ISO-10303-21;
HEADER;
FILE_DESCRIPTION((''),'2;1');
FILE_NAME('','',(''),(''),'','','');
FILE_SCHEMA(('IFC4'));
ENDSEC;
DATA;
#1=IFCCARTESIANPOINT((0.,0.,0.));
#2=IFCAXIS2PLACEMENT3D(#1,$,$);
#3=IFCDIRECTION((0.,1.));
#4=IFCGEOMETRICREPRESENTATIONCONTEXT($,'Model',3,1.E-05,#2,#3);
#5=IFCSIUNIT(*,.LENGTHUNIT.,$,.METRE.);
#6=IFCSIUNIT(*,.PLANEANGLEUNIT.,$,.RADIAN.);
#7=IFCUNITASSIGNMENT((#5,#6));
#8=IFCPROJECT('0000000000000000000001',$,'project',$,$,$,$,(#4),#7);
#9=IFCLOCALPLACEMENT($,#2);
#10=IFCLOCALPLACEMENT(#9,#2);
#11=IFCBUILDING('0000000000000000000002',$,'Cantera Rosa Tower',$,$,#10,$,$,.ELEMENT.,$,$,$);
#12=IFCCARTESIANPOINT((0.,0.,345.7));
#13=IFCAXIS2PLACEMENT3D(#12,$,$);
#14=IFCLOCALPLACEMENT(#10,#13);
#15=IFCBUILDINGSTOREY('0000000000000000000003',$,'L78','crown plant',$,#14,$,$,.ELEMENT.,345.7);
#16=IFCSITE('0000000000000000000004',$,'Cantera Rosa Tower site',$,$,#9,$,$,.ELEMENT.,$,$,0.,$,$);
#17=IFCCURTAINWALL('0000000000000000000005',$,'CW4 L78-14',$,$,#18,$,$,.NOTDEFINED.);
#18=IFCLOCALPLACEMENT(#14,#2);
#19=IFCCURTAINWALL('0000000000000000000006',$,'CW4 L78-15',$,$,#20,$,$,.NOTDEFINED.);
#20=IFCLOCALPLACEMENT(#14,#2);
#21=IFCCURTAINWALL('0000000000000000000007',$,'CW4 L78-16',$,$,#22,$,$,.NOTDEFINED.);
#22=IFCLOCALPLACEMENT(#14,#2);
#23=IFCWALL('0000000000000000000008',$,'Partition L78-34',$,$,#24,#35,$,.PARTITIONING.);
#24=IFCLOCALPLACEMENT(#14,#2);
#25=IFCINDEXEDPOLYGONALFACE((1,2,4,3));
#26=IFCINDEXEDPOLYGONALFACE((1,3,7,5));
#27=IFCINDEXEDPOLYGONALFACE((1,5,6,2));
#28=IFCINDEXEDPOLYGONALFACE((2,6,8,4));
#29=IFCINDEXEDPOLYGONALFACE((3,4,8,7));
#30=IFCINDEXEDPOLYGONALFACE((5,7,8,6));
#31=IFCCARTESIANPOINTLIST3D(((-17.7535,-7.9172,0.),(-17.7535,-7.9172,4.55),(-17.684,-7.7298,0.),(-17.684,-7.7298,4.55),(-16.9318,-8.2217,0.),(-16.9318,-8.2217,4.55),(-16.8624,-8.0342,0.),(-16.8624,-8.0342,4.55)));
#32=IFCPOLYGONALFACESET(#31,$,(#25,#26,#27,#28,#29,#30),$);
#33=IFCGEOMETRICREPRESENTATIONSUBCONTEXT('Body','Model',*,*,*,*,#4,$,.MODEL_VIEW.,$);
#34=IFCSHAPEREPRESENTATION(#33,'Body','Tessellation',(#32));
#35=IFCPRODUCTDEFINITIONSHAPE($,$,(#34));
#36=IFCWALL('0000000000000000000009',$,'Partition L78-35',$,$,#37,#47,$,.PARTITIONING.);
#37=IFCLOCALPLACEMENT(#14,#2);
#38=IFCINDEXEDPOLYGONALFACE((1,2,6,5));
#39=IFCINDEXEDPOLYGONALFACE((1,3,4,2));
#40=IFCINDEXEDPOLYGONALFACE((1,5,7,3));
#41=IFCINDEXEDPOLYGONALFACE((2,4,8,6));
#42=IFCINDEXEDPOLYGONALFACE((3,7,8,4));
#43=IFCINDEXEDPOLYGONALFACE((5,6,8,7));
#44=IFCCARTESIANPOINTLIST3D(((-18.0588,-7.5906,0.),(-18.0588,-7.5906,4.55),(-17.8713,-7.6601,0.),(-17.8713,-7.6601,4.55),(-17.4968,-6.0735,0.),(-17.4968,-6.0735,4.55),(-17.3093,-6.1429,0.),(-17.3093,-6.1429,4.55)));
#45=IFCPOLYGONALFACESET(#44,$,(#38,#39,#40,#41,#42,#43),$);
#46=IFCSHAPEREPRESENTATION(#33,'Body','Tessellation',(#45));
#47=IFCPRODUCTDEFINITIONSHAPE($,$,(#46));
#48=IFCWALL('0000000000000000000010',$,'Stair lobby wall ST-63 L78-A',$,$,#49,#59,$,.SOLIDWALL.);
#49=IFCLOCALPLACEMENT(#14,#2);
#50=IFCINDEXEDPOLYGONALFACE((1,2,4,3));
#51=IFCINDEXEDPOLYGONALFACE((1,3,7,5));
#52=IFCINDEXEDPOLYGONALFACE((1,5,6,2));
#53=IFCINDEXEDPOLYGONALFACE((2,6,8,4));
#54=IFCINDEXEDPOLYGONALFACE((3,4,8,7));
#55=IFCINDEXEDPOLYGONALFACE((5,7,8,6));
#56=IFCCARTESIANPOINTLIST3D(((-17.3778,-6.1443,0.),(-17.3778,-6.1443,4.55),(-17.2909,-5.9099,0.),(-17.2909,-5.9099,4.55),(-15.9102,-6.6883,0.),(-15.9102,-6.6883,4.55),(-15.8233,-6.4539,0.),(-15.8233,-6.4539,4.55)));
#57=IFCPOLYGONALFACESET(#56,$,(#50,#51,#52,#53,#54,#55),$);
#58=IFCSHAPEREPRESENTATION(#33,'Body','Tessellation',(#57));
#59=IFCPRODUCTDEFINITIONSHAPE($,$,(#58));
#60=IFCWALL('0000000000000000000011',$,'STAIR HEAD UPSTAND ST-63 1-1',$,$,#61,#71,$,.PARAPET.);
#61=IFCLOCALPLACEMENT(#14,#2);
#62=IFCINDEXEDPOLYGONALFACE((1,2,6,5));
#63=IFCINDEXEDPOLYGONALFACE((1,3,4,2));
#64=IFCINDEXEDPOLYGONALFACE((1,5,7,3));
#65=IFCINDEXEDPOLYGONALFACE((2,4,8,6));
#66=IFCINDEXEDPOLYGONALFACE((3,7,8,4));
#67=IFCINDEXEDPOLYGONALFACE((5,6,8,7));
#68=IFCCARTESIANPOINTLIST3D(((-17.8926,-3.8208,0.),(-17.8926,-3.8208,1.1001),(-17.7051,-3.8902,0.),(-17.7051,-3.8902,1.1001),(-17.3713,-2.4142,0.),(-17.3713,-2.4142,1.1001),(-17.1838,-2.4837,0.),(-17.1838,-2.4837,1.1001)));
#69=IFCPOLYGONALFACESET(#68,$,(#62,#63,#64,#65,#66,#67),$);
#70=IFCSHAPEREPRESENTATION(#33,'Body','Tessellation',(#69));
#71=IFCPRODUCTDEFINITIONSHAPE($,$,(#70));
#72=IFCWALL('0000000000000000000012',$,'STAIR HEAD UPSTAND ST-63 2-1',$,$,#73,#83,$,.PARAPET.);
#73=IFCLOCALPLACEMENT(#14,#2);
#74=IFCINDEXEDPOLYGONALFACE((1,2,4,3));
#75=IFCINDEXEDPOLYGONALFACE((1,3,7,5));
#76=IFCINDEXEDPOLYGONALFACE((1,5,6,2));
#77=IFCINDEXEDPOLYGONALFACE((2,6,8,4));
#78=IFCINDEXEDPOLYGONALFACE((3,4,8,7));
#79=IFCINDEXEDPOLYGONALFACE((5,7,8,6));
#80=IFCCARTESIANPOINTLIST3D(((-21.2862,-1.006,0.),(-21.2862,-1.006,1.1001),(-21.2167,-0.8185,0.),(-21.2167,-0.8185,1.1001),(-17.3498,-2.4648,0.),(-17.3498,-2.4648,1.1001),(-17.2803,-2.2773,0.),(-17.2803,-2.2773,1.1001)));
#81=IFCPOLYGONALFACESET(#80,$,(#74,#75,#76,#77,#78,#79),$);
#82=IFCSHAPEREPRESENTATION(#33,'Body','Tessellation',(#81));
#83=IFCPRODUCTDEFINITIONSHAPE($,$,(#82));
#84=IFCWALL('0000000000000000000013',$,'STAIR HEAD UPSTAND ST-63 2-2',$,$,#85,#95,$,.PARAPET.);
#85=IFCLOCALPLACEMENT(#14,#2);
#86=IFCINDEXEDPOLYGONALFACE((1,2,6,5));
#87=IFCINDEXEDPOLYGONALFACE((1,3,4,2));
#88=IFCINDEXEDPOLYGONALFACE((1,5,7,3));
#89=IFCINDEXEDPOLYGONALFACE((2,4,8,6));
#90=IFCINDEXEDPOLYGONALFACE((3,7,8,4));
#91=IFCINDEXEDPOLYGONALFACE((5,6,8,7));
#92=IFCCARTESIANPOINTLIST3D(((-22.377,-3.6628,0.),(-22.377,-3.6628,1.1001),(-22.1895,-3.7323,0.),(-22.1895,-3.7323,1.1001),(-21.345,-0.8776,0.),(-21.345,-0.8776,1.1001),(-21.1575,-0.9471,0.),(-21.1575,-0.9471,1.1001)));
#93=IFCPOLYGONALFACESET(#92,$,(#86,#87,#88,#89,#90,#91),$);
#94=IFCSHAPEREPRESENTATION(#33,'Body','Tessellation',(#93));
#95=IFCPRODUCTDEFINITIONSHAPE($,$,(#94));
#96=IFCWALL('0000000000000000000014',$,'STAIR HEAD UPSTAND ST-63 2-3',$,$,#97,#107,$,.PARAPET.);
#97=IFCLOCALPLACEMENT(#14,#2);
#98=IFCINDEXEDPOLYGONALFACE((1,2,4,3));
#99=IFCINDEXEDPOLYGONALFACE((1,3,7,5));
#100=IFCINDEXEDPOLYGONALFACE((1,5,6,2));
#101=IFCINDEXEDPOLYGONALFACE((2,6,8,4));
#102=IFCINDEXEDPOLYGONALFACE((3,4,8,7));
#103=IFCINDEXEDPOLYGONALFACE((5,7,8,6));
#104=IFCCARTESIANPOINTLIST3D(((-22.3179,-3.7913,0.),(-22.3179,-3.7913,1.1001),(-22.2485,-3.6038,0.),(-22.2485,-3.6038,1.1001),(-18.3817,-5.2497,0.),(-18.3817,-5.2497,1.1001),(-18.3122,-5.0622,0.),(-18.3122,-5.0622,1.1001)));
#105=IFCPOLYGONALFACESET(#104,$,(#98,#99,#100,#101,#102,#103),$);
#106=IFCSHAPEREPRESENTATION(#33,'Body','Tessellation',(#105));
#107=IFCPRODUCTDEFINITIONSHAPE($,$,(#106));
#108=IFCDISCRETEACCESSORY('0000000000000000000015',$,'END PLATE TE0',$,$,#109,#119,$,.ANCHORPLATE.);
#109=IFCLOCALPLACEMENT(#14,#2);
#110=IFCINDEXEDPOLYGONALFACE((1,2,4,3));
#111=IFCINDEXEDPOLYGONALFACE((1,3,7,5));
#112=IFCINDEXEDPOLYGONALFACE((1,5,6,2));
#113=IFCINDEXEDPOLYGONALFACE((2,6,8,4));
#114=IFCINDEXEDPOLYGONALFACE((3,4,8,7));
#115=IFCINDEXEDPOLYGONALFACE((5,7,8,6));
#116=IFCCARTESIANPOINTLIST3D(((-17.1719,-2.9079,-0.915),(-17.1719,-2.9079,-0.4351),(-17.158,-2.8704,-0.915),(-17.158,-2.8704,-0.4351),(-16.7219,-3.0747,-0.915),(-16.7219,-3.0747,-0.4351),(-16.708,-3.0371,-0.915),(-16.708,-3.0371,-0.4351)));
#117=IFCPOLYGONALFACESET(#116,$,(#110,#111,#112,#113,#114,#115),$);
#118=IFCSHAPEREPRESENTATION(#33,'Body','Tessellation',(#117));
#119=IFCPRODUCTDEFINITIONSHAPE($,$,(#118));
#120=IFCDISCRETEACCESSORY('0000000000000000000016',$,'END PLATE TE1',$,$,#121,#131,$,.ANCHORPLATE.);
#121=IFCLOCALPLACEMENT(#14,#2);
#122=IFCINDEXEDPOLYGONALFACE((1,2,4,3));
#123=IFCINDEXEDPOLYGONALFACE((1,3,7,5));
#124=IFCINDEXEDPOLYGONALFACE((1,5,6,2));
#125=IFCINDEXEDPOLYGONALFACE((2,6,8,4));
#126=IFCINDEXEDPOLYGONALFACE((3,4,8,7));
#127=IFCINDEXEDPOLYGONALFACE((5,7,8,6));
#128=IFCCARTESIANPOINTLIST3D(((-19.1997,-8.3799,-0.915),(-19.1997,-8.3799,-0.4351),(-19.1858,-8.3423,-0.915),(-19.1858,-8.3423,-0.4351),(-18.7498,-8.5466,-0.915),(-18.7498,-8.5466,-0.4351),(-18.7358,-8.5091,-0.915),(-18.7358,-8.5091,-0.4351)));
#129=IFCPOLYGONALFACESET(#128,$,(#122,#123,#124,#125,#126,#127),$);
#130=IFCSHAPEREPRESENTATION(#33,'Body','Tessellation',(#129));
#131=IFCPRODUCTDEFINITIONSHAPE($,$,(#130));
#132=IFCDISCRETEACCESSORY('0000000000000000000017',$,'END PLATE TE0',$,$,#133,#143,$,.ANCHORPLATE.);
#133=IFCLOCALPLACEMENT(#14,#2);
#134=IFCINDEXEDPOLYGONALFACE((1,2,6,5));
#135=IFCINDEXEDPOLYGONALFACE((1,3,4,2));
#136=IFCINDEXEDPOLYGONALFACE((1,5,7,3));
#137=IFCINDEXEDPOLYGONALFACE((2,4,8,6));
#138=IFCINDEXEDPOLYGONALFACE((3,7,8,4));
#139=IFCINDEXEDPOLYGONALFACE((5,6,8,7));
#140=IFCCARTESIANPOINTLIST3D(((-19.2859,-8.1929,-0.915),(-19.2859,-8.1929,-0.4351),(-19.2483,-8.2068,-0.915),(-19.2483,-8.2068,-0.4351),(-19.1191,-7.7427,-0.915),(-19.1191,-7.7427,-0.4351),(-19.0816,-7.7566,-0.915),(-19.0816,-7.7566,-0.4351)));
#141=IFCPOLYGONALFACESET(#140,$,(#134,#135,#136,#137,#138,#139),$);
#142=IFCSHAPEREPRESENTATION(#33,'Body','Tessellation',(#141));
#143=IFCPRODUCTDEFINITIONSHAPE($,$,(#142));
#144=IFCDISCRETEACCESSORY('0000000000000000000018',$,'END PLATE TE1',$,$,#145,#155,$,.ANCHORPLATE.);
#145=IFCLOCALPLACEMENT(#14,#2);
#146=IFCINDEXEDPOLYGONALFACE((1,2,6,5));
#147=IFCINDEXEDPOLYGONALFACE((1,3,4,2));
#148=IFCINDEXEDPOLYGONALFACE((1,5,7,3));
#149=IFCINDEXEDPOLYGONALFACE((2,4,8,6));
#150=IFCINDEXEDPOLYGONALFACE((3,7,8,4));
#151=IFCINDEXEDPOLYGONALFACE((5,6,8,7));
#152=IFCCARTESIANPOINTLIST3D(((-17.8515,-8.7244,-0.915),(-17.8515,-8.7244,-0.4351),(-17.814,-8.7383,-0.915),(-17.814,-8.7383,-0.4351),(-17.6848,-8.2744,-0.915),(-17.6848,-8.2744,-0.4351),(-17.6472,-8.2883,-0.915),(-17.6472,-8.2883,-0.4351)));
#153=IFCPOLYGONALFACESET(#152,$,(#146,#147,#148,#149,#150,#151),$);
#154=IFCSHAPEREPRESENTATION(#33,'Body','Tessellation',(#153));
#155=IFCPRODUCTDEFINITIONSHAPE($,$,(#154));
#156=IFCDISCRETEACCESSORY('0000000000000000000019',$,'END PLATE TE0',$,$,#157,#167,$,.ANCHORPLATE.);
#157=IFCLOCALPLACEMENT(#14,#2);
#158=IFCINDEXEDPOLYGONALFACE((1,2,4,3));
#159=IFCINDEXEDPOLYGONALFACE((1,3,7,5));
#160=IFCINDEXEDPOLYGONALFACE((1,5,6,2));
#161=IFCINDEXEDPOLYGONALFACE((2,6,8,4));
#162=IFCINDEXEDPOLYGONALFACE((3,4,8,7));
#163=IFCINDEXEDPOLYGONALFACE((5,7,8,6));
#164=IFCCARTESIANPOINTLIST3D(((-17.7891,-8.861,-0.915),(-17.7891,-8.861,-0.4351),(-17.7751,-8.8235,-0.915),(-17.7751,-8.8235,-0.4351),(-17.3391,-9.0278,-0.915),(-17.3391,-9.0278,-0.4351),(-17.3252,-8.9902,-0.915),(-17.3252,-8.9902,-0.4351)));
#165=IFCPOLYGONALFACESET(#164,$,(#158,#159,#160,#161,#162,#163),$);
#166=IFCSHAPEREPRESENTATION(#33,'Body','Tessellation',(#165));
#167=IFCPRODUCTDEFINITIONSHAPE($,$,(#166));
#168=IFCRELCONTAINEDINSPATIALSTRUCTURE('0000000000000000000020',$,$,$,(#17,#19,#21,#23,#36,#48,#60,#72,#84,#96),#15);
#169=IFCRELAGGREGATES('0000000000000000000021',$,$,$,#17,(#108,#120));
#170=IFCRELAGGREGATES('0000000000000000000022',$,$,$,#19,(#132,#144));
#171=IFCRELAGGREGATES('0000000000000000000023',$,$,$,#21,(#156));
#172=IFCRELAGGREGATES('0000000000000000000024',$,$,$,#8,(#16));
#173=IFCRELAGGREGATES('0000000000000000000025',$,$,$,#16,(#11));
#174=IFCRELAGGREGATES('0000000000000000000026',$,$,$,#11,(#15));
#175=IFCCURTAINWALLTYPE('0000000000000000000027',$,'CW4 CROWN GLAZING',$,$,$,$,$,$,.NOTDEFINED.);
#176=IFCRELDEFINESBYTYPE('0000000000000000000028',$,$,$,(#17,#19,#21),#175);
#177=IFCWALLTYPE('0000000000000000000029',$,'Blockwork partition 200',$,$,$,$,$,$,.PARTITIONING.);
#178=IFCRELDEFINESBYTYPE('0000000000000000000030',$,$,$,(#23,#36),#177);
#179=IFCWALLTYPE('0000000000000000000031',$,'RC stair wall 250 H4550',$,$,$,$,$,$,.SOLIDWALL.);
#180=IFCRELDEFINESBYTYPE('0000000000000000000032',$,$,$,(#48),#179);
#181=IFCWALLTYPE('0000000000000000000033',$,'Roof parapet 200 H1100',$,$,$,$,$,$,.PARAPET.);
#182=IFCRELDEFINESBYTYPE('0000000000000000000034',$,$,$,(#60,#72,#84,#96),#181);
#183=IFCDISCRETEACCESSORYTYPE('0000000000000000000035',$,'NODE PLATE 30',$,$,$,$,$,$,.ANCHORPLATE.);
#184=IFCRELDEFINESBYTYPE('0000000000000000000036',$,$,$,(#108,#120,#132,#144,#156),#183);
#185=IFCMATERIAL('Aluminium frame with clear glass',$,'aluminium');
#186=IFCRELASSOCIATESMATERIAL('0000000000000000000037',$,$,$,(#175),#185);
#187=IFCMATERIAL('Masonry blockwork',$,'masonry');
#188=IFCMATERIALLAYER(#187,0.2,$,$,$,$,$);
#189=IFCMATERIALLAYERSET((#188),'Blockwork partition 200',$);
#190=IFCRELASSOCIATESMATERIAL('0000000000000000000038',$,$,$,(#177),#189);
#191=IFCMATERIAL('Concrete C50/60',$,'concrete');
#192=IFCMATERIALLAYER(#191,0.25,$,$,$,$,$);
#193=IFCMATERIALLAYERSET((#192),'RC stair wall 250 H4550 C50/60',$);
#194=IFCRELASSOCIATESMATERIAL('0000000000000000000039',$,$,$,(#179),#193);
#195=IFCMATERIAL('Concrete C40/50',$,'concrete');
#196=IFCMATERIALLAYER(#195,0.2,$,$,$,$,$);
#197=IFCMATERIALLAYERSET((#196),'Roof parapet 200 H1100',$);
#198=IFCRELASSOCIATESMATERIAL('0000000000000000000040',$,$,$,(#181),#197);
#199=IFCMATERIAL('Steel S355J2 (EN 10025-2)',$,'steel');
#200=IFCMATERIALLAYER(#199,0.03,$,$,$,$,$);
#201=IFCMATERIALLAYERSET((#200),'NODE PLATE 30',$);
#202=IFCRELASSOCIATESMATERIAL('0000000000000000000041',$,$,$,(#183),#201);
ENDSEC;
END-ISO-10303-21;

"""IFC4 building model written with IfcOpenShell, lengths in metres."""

from ifc_helpers import new_model, si_unit, direction, frame, frame_2d, origin, place, context, subcontext, project, spatial, polyline, rectangle, outline, extrude, material, layer, layer_set, type_object, element, aggregate, save


model = new_model("IFC4")

# Units and contexts
model_context = context("Model", 3, precision=1e-05, world=origin(), true_north=direction((0.0, 1.0)))
body_context = subcontext(model_context, "Body", "Model", "MODEL_VIEW")
ifc_project = project(units=[si_unit("LENGTHUNIT", "METRE"), si_unit("PLANEANGLEUNIT", "RADIAN")], contexts=[model_context])

# Site, building, storey
site_placement = place(None, origin())
site = spatial("IfcSite", under=ifc_project, at=site_placement, Name="Cantera Rosa Tower site", CompositionType="ELEMENT", RefElevation=0.0)
building_placement = place(site_placement, origin())
building = spatial("IfcBuilding", under=site, at=building_placement, Name="Cantera Rosa Tower", CompositionType="ELEMENT")
storey_placement = place(building_placement, frame((0.0, 0.0, 345.7)))
storey = spatial("IfcBuildingStorey", under=building, at=storey_placement, Name="L78", Description="crown plant", CompositionType="ELEMENT", Elevation=345.7)

# Curtain walls
ifc_material_1 = material(Name="Aluminium frame with clear glass", Category="aluminium")
curtain_wall_type = type_object("IfcCurtainWallType", Name="CW4 CROWN GLAZING", PredefinedType="NOTDEFINED", material=ifc_material_1)
curtain_wall_1_placement = place(storey_placement, origin())
curtain_wall_1 = element("IfcCurtainWall", 1, at=curtain_wall_1_placement, inside=storey, type_object=curtain_wall_type, Name="CW4 L78-14", PredefinedType="NOTDEFINED")
curtain_wall_2_placement = place(storey_placement, origin())
curtain_wall_2 = element("IfcCurtainWall", 2, at=curtain_wall_2_placement, inside=storey, type_object=curtain_wall_type, Name="CW4 L78-15", PredefinedType="NOTDEFINED")
curtain_wall_3_placement = place(storey_placement, origin())
curtain_wall_3 = element("IfcCurtainWall", 3, at=curtain_wall_3_placement, inside=storey, type_object=curtain_wall_type, Name="CW4 L78-16", PredefinedType="NOTDEFINED")

# Walls
ifc_material_2 = material(Name="Masonry blockwork", Category="masonry")
ifc_layer_1 = layer(ifc_material_2, 0.2)
ifc_layer_set_1 = layer_set([ifc_layer_1], Name="Blockwork partition 200")
wall_type_1 = type_object("IfcWallType", Name="Blockwork partition 200", PredefinedType="PARTITIONING", material=ifc_layer_set_1)
wall_1_placement = place(storey_placement, frame((-16.8972, -8.1279, 0.0), z_axis=(0.0, 0.0, 1.0), x_axis=(-0.937685, 0.347487, 0.0)))
element("IfcWall", 4, at=wall_1_placement, inside=storey, type_object=wall_type_1, Name="Partition L78-34", PredefinedType="PARTITIONING", context=body_context, shape_type="SweptSolid", body=[
    extrude(rectangle(XDim=0.8762, YDim=0.2, at=frame_2d((0.438, 0.0))), origin(), (0.0, 0.0, 1.0), 4.55),
])
wall_2_placement = place(storey_placement, frame((-17.9651, -7.6255, 0.0), z_axis=(0.0, 0.0, 1.0), x_axis=(0.347383, 0.937723, 0.0)))
element("IfcWall", 5, at=wall_2_placement, inside=storey, type_object=wall_type_1, Name="Partition L78-35", PredefinedType="PARTITIONING", context=body_context, shape_type="SweptSolid", body=[
    extrude(rectangle(XDim=1.6179, YDim=0.2, at=frame_2d((0.8091, 0.0))), origin(), (0.0, 0.0, 1.0), 4.55),
])
ifc_material_3 = material(Name="Concrete C50/60", Category="concrete")
ifc_layer_2 = layer(ifc_material_3, 0.25)
ifc_layer_set_2 = layer_set([ifc_layer_2], Name="RC stair wall 250 H4550 C50/60")
wall_type_2 = type_object("IfcWallType", Name="RC stair wall 250 H4550", PredefinedType="SOLIDWALL", material=ifc_layer_set_2)
wall_3_placement = place(storey_placement, frame((-17.3345, -6.0271, 0.0), z_axis=(0.0, 0.0, 1.0), x_axis=(0.937662, -0.347548, 0.0)))
element("IfcWall", 6, at=wall_3_placement, inside=storey, type_object=wall_type_2, Name="Stair lobby wall ST-63 L78-A", PredefinedType="SOLIDWALL", context=body_context, shape_type="SweptSolid", body=[
    extrude(rectangle(XDim=1.5652, YDim=0.25, at=frame_2d((0.7827, 0.0))), origin(), (0.0, 0.0, 1.0), 4.55),
])
ifc_material_4 = material(Name="Concrete C40/50", Category="concrete")
ifc_layer_3 = layer(ifc_material_4, 0.2)
ifc_layer_set_3 = layer_set([ifc_layer_3], Name="Roof parapet 200 H1100")
wall_type_3 = type_object("IfcWallType", Name="Roof parapet 200 H1100", PredefinedType="PARAPET", material=ifc_layer_set_3)
wall_4_placement = place(storey_placement, frame((-17.2776, -2.449, 0.0), z_axis=(0.0, 0.0, 1.0), x_axis=(-0.3475, -0.93768, 0.0)))
element("IfcWall", 7, at=wall_4_placement, inside=storey, type_object=wall_type_3, Name="STAIR HEAD UPSTAND ST-63 1-1", PredefinedType="PARAPET", context=body_context, shape_type="SweptSolid", body=[
    extrude(rectangle(XDim=1.5, YDim=0.2, at=frame_2d((0.75, 0.0))), origin(), (0.0, 0.0, 1.0), 1.1001),
])
wall_5_placement = place(storey_placement, frame((-17.3149, -2.3711, 0.0), z_axis=(0.0, 0.0, 1.0), x_axis=(-0.937682, 0.347494, 0.0)))
element("IfcWall", 8, at=wall_5_placement, inside=storey, type_object=wall_type_3, Name="STAIR HEAD UPSTAND ST-63 2-1", PredefinedType="PARAPET", context=body_context, shape_type="SweptSolid", body=[
    extrude(rectangle(XDim=4.198, YDim=0.2, at=frame_2d((2.0991, 0.0))), origin(), (0.0, 0.0, 1.0), 1.1001),
])
wall_6_placement = place(storey_placement, frame((-21.2512, -0.9124, 0.0), z_axis=(0.0, 0.0, 1.0), x_axis=(-0.347446, -0.9377, 0.0)))
element("IfcWall", 9, at=wall_6_placement, inside=storey, type_object=wall_type_3, Name="STAIR HEAD UPSTAND ST-63 2-2", PredefinedType="PARAPET", context=body_context, shape_type="SweptSolid", body=[
    extrude(rectangle(XDim=2.9702, YDim=0.2, at=frame_2d((1.4851, 0.0))), origin(), (0.0, 0.0, 1.0), 1.1001),
])
wall_7_placement = place(storey_placement, frame((-22.2832, -3.6975, 0.0), z_axis=(0.0, 0.0, 1.0), x_axis=(0.937701, -0.347443, 0.0)))
element("IfcWall", 10, at=wall_7_placement, inside=storey, type_object=wall_type_3, Name="STAIR HEAD UPSTAND ST-63 2-3", PredefinedType="PARAPET", context=body_context, shape_type="SweptSolid", body=[
    extrude(rectangle(XDim=4.1978, YDim=0.2, at=frame_2d((2.0989, 0.0))), origin(), (0.0, 0.0, 1.0), 1.1001),
])

# Discrete accessories
ifc_material_5 = material(Name="Steel S355J2 (EN 10025-2)", Category="steel")
ifc_layer_4 = layer(ifc_material_5, 0.03)
ifc_layer_set_4 = layer_set([ifc_layer_4], Name="NODE PLATE 30")
discrete_accessory_type = type_object("IfcDiscreteAccessoryType", Name="NODE PLATE 30", PredefinedType="ANCHORPLATE", material=ifc_layer_set_4)
discrete_accessory_1_placement = place(storey_placement, frame((-17.158, -2.8704, -0.4351), z_axis=(0.347497, 0.937681, 0.0), x_axis=(0.937681, -0.347497, 0.0)))
discrete_accessory_1 = element("IfcDiscreteAccessory", 11, at=discrete_accessory_1_placement, type_object=discrete_accessory_type, Name="END PLATE TE0", PredefinedType="ANCHORPLATE", context=body_context, shape_type="SweptSolid", body=[
    extrude(outline(polyline([(0.0, 0.0), (0.4799, 0.0), (0.4799, 0.48), (0.0, 0.48), (0.0, 0.0)])), origin(), (0.0, 0.0, -1.0), 0.04),
])
discrete_accessory_2_placement = place(storey_placement, frame((-18.7498, -8.5466, -0.4351), z_axis=(-0.347497, -0.937681, 0.0), x_axis=(-0.937681, 0.347497, 0.0)))
discrete_accessory_2 = element("IfcDiscreteAccessory", 12, at=discrete_accessory_2_placement, type_object=discrete_accessory_type, Name="END PLATE TE1", PredefinedType="ANCHORPLATE", context=body_context, shape_type="SweptSolid", body=[
    extrude(outline(polyline([(0.0, 0.0), (0.4799, 0.0), (0.4799, 0.48), (0.0, 0.48), (0.0, 0.0)])), origin(), (0.0, 0.0, -1.0), 0.04),
])
aggregate(curtain_wall_1, [discrete_accessory_1, discrete_accessory_2])
discrete_accessory_3_placement = place(storey_placement, frame((-19.2859, -8.1929, -0.4351), z_axis=(-0.937743, 0.347331, 0.0), x_axis=(0.347331, 0.937743, 0.0)))
discrete_accessory_3 = element("IfcDiscreteAccessory", 13, at=discrete_accessory_3_placement, type_object=discrete_accessory_type, Name="END PLATE TE0", PredefinedType="ANCHORPLATE", context=body_context, shape_type="SweptSolid", body=[
    extrude(outline(polyline([(0.0, 0.0), (0.4801, 0.0), (0.4801, 0.48), (0.0, 0.48), (0.0, 0.0)])), origin(), (0.0, 0.0, -1.0), 0.04),
])
discrete_accessory_4_placement = place(storey_placement, frame((-17.6472, -8.2883, -0.4351), z_axis=(0.937681, -0.347497, 0.0), x_axis=(-0.347497, -0.937681, 0.0)))
discrete_accessory_4 = element("IfcDiscreteAccessory", 14, at=discrete_accessory_4_placement, type_object=discrete_accessory_type, Name="END PLATE TE1", PredefinedType="ANCHORPLATE", context=body_context, shape_type="SweptSolid", body=[
    extrude(outline(polyline([(0.0, 0.0), (0.4799, 0.0), (0.4799, 0.48), (0.0, 0.48), (0.0, 0.0)])), origin(), (0.0, 0.0, -1.0), 0.04),
])
aggregate(curtain_wall_2, [discrete_accessory_3, discrete_accessory_4])
discrete_accessory_5_placement = place(storey_placement, frame((-17.7751, -8.8235, -0.4351), z_axis=(0.347497, 0.937681, 0.0), x_axis=(0.937681, -0.347497, 0.0)))
discrete_accessory_5 = element("IfcDiscreteAccessory", 15, at=discrete_accessory_5_placement, type_object=discrete_accessory_type, Name="END PLATE TE0", PredefinedType="ANCHORPLATE", context=body_context, shape_type="SweptSolid", body=[
    extrude(outline(polyline([(0.0, 0.0), (0.4799, 0.0), (0.4799, 0.48), (0.0, 0.48), (0.0, 0.0)])), origin(), (0.0, 0.0, -1.0), 0.04),
])
aggregate(curtain_wall_3, [discrete_accessory_5])

save(model, "model.ifc")
